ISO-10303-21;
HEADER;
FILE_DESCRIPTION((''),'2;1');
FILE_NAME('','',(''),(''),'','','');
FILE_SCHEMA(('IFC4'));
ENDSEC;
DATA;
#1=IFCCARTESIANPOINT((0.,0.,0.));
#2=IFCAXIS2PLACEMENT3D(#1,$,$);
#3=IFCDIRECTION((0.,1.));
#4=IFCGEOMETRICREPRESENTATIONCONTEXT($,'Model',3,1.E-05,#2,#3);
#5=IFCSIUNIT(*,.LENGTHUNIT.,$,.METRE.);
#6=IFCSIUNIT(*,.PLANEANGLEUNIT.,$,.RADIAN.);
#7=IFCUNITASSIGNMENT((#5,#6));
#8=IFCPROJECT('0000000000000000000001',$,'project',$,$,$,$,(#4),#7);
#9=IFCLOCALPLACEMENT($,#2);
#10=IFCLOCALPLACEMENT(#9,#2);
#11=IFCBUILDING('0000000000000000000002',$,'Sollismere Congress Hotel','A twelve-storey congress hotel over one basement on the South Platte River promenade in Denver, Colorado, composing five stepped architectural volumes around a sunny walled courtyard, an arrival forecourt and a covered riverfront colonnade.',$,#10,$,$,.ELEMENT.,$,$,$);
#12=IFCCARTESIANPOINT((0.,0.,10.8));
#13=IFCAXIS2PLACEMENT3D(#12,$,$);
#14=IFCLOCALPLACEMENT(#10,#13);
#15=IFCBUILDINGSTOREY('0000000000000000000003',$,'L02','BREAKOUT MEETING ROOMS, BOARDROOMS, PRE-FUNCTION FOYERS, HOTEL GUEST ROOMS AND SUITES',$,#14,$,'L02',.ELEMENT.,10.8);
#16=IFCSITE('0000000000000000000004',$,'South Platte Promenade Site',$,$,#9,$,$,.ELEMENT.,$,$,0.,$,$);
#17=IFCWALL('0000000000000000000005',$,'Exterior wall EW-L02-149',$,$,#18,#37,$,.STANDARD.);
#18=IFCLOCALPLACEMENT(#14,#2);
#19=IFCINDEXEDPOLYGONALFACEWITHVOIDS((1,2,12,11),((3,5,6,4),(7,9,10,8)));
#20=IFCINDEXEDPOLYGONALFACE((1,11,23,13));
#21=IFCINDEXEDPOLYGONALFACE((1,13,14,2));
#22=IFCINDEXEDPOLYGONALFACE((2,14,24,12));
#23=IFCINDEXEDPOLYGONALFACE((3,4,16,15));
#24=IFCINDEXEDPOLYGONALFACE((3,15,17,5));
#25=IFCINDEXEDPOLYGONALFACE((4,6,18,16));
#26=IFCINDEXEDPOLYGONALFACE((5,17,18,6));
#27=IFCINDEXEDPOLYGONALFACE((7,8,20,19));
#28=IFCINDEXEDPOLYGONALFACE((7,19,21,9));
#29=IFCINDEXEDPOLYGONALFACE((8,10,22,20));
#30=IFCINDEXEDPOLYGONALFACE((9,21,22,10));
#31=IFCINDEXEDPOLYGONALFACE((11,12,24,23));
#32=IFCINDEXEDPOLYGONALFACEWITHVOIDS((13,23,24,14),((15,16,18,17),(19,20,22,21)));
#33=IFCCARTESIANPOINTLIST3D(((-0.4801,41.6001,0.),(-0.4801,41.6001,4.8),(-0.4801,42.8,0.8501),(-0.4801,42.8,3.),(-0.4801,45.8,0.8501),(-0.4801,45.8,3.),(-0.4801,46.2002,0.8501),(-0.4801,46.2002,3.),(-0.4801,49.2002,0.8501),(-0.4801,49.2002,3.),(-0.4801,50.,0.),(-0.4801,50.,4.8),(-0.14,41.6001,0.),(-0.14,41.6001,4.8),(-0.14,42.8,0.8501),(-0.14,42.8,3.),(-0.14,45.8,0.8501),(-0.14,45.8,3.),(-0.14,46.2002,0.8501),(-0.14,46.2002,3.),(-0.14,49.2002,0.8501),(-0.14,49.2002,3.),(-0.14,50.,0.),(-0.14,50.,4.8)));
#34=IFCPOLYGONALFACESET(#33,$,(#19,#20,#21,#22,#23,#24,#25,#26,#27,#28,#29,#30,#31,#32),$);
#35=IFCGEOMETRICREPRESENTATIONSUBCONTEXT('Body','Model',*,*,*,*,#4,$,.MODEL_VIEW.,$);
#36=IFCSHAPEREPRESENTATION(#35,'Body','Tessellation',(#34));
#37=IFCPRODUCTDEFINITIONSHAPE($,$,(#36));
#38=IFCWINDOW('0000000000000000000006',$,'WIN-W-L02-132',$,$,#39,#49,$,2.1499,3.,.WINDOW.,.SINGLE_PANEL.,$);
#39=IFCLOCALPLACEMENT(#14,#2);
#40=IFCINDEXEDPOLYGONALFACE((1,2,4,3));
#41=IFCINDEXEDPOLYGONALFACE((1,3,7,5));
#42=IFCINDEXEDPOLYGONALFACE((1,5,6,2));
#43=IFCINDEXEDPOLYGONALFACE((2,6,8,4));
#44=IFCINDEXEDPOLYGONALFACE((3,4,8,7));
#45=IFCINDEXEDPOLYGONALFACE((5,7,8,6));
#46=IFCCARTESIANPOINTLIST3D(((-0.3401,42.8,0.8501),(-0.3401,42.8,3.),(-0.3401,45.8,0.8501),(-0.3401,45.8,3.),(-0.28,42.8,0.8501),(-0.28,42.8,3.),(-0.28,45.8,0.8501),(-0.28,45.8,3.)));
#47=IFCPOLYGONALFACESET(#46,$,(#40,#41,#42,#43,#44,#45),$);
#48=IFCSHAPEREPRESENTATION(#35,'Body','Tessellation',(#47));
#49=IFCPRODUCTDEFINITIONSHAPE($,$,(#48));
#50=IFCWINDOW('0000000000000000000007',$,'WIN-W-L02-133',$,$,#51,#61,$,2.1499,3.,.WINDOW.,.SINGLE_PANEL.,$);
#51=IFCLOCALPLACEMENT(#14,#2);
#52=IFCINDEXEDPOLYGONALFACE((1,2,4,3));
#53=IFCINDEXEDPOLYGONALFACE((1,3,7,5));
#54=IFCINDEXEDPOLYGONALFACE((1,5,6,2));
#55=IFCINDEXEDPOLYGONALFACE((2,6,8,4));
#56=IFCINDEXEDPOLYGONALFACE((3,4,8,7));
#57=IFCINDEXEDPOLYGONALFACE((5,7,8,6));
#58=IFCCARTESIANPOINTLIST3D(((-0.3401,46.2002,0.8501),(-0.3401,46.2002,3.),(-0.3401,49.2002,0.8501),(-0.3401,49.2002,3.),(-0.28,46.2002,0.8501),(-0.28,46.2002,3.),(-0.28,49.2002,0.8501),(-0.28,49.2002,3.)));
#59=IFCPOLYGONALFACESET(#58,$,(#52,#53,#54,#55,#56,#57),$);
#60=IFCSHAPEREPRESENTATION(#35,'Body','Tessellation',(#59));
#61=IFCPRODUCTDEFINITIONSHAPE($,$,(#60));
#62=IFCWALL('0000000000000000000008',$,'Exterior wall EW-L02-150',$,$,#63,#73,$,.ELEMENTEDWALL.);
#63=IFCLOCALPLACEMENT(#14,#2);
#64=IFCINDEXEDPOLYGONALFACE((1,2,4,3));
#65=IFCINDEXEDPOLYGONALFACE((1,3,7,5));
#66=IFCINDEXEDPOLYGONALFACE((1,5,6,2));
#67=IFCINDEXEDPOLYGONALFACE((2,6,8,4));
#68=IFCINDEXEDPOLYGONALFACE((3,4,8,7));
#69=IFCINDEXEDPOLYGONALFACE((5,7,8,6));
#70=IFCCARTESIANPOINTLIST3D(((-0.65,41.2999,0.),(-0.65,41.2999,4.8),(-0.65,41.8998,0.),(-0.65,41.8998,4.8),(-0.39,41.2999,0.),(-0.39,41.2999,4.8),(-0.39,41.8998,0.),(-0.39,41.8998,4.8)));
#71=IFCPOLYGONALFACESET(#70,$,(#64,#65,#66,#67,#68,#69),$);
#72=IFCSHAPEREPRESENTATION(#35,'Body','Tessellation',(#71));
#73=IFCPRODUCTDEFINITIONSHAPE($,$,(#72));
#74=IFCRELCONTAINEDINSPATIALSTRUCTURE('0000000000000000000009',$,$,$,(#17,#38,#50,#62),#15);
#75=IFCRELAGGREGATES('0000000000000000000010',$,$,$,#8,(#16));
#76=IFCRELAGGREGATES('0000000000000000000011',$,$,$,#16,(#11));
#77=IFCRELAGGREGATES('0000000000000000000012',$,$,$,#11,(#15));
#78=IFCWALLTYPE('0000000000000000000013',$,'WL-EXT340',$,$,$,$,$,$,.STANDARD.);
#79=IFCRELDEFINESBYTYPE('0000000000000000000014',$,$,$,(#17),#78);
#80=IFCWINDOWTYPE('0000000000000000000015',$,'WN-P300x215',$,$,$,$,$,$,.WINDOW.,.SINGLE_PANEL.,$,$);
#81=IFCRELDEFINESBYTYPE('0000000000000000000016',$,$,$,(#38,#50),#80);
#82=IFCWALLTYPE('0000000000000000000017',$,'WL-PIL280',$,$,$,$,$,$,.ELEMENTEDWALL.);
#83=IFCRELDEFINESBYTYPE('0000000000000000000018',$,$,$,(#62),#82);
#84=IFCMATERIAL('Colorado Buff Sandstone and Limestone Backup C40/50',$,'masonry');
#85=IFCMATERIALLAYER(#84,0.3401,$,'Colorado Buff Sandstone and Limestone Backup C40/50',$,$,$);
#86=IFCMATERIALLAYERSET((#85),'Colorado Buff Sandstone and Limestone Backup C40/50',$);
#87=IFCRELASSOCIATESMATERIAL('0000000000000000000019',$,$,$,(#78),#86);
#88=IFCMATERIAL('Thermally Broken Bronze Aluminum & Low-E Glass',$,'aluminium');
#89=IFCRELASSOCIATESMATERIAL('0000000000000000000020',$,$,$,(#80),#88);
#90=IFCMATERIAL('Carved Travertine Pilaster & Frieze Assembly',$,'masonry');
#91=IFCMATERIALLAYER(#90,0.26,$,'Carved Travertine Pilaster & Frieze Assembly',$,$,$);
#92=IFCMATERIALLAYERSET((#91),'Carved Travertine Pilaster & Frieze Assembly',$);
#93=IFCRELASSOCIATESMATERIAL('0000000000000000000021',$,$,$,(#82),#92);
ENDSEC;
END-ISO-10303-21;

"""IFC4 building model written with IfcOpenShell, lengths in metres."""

from ifc_helpers import new_model, si_unit, direction, frame, frame_2d, origin, place, context, subcontext, project, spatial, rectangle, extrude, material, layer, layer_set, type_object, element, fill, save


model = new_model("IFC4")

# Units and contexts
model_context = context("Model", 3, precision=1e-05, world=origin(), true_north=direction((0.0, 1.0)))
body_context = subcontext(model_context, "Body", "Model", "MODEL_VIEW")
ifc_project = project(units=[si_unit("LENGTHUNIT", "METRE"), si_unit("PLANEANGLEUNIT", "RADIAN")], contexts=[model_context])

# Site, building, storey
site_placement = place(None, origin())
site = spatial("IfcSite", under=ifc_project, at=site_placement, Name="South Platte Promenade Site", CompositionType="ELEMENT", RefElevation=0.0)
building_placement = place(site_placement, origin())
building = spatial("IfcBuilding", under=site, at=building_placement, Name="Sollismere Congress Hotel", Description="A twelve-storey congress hotel over one basement on the South Platte River promenade in Denver, Colorado, composing five stepped architectural volumes around a sunny walled courtyard, an arrival forecourt and a covered riverfront colonnade.", CompositionType="ELEMENT")
storey_placement = place(building_placement, frame((0.0, 0.0, 10.8)))
storey = spatial("IfcBuildingStorey", under=building, at=storey_placement, Name="L02", Description="BREAKOUT MEETING ROOMS, BOARDROOMS, PRE-FUNCTION FOYERS, HOTEL GUEST ROOMS AND SUITES", LongName="L02", CompositionType="ELEMENT", Elevation=10.8)

# Wall, openings, windows
ifc_material_1 = material(Name="Colorado Buff Sandstone and Limestone Backup C40/50", Category="masonry")
ifc_layer_1 = layer(ifc_material_1, 0.3401, Name="Colorado Buff Sandstone and Limestone Backup C40/50")
ifc_layer_set_1 = layer_set([ifc_layer_1], Name="Colorado Buff Sandstone and Limestone Backup C40/50")
wall_type_1 = type_object("IfcWallType", Name="WL-EXT340", PredefinedType="STANDARD", material=ifc_layer_set_1)
wall_1_placement = place(storey_placement, frame((-0.3101, 41.6001, 0.0), z_axis=(0.0, 0.0, 1.0), x_axis=(0.0, 1.0, 0.0)))
wall_1 = element("IfcWall", 1, at=wall_1_placement, inside=storey, type_object=wall_type_1, Name="Exterior wall EW-L02-149", PredefinedType="STANDARD", context=body_context, shape_type="SweptSolid", body=[
    extrude(rectangle(XDim=8.3999, YDim=0.3401, at=frame_2d((4.2, 0.0))), origin(), (0.0, 0.0, 1.0), 4.8),
])
opening_1_placement = place(wall_1_placement, frame((1.2, 0.0, 0.8501)))
opening_1 = element("IfcOpeningElement", 2, at=opening_1_placement, cuts=wall_1, PredefinedType="OPENING", context=body_context, shape_type="SweptSolid", body=[
    extrude(rectangle(XDim=3.0, YDim=2.1499, at=frame_2d((1.5, 1.075))), frame((0.0, 0.1799, 0.0), z_axis=(0.0, -1.0, 0.0), x_axis=(1.0, 0.0, 0.0)), (0.0, 0.0, 1.0), 0.3601),
])
opening_2_placement = place(wall_1_placement, frame((4.6001, 0.0, 0.8501)))
opening_2 = element("IfcOpeningElement", 3, at=opening_2_placement, cuts=wall_1, PredefinedType="OPENING", context=body_context, shape_type="SweptSolid", body=[
    extrude(rectangle(XDim=3.0, YDim=2.1499, at=frame_2d((1.5, 1.075))), frame((0.0, 0.1799, 0.0), z_axis=(0.0, -1.0, 0.0), x_axis=(1.0, 0.0, 0.0)), (0.0, 0.0, 1.0), 0.3601),
])
ifc_material_2 = material(Name="Thermally Broken Bronze Aluminum & Low-E Glass", Category="aluminium")
window_type = type_object("IfcWindowType", Name="WN-P300x215", PartitioningType="SINGLE_PANEL", PredefinedType="WINDOW", material=ifc_material_2)
window_1_placement = place(opening_1_placement, origin())
window_1 = element("IfcWindow", 4, at=window_1_placement, inside=storey, type_object=window_type, Name="WIN-W-L02-132", OverallHeight=2.1499, OverallWidth=3.0, PartitioningType="SINGLE_PANEL", PredefinedType="WINDOW", context=body_context, shape_type="SweptSolid", body=[
    extrude(rectangle(XDim=3.0, YDim=2.1499, at=frame_2d((1.5, 1.075))), frame((0.0, 0.03, 0.0), z_axis=(0.0, -1.0, 0.0), x_axis=(1.0, 0.0, 0.0)), (0.0, 0.0, 1.0), 0.0601),
])
fill(opening_1, window_1)
window_2_placement = place(opening_2_placement, origin())
window_2 = element("IfcWindow", 5, at=window_2_placement, inside=storey, type_object=window_type, Name="WIN-W-L02-133", OverallHeight=2.1499, OverallWidth=3.0, PartitioningType="SINGLE_PANEL", PredefinedType="WINDOW", context=body_context, shape_type="SweptSolid", body=[
    extrude(rectangle(XDim=3.0, YDim=2.1499, at=frame_2d((1.5, 1.075))), frame((0.0, 0.03, 0.0), z_axis=(0.0, -1.0, 0.0), x_axis=(1.0, 0.0, 0.0)), (0.0, 0.0, 1.0), 0.0601),
])
fill(opening_2, window_2)

# Wall
ifc_material_3 = material(Name="Carved Travertine Pilaster & Frieze Assembly", Category="masonry")
ifc_layer_2 = layer(ifc_material_3, 0.26, Name="Carved Travertine Pilaster & Frieze Assembly")
ifc_layer_set_2 = layer_set([ifc_layer_2], Name="Carved Travertine Pilaster & Frieze Assembly")
wall_type_2 = type_object("IfcWallType", Name="WL-PIL280", PredefinedType="ELEMENTEDWALL", material=ifc_layer_set_2)
wall_2_placement = place(storey_placement, frame((-0.52, 41.3, 0.0), z_axis=(0.0, 0.0, 1.0), x_axis=(0.0, 1.0, 0.0)))
element("IfcWall", 6, at=wall_2_placement, inside=storey, type_object=wall_type_2, Name="Exterior wall EW-L02-150", PredefinedType="ELEMENTEDWALL", context=body_context, shape_type="SweptSolid", body=[
    extrude(rectangle(XDim=0.5999, YDim=0.26, at=frame_2d((0.2998, 0.0))), origin(), (0.0, 0.0, 1.0), 4.8),
])

save(model, "model.ifc")
